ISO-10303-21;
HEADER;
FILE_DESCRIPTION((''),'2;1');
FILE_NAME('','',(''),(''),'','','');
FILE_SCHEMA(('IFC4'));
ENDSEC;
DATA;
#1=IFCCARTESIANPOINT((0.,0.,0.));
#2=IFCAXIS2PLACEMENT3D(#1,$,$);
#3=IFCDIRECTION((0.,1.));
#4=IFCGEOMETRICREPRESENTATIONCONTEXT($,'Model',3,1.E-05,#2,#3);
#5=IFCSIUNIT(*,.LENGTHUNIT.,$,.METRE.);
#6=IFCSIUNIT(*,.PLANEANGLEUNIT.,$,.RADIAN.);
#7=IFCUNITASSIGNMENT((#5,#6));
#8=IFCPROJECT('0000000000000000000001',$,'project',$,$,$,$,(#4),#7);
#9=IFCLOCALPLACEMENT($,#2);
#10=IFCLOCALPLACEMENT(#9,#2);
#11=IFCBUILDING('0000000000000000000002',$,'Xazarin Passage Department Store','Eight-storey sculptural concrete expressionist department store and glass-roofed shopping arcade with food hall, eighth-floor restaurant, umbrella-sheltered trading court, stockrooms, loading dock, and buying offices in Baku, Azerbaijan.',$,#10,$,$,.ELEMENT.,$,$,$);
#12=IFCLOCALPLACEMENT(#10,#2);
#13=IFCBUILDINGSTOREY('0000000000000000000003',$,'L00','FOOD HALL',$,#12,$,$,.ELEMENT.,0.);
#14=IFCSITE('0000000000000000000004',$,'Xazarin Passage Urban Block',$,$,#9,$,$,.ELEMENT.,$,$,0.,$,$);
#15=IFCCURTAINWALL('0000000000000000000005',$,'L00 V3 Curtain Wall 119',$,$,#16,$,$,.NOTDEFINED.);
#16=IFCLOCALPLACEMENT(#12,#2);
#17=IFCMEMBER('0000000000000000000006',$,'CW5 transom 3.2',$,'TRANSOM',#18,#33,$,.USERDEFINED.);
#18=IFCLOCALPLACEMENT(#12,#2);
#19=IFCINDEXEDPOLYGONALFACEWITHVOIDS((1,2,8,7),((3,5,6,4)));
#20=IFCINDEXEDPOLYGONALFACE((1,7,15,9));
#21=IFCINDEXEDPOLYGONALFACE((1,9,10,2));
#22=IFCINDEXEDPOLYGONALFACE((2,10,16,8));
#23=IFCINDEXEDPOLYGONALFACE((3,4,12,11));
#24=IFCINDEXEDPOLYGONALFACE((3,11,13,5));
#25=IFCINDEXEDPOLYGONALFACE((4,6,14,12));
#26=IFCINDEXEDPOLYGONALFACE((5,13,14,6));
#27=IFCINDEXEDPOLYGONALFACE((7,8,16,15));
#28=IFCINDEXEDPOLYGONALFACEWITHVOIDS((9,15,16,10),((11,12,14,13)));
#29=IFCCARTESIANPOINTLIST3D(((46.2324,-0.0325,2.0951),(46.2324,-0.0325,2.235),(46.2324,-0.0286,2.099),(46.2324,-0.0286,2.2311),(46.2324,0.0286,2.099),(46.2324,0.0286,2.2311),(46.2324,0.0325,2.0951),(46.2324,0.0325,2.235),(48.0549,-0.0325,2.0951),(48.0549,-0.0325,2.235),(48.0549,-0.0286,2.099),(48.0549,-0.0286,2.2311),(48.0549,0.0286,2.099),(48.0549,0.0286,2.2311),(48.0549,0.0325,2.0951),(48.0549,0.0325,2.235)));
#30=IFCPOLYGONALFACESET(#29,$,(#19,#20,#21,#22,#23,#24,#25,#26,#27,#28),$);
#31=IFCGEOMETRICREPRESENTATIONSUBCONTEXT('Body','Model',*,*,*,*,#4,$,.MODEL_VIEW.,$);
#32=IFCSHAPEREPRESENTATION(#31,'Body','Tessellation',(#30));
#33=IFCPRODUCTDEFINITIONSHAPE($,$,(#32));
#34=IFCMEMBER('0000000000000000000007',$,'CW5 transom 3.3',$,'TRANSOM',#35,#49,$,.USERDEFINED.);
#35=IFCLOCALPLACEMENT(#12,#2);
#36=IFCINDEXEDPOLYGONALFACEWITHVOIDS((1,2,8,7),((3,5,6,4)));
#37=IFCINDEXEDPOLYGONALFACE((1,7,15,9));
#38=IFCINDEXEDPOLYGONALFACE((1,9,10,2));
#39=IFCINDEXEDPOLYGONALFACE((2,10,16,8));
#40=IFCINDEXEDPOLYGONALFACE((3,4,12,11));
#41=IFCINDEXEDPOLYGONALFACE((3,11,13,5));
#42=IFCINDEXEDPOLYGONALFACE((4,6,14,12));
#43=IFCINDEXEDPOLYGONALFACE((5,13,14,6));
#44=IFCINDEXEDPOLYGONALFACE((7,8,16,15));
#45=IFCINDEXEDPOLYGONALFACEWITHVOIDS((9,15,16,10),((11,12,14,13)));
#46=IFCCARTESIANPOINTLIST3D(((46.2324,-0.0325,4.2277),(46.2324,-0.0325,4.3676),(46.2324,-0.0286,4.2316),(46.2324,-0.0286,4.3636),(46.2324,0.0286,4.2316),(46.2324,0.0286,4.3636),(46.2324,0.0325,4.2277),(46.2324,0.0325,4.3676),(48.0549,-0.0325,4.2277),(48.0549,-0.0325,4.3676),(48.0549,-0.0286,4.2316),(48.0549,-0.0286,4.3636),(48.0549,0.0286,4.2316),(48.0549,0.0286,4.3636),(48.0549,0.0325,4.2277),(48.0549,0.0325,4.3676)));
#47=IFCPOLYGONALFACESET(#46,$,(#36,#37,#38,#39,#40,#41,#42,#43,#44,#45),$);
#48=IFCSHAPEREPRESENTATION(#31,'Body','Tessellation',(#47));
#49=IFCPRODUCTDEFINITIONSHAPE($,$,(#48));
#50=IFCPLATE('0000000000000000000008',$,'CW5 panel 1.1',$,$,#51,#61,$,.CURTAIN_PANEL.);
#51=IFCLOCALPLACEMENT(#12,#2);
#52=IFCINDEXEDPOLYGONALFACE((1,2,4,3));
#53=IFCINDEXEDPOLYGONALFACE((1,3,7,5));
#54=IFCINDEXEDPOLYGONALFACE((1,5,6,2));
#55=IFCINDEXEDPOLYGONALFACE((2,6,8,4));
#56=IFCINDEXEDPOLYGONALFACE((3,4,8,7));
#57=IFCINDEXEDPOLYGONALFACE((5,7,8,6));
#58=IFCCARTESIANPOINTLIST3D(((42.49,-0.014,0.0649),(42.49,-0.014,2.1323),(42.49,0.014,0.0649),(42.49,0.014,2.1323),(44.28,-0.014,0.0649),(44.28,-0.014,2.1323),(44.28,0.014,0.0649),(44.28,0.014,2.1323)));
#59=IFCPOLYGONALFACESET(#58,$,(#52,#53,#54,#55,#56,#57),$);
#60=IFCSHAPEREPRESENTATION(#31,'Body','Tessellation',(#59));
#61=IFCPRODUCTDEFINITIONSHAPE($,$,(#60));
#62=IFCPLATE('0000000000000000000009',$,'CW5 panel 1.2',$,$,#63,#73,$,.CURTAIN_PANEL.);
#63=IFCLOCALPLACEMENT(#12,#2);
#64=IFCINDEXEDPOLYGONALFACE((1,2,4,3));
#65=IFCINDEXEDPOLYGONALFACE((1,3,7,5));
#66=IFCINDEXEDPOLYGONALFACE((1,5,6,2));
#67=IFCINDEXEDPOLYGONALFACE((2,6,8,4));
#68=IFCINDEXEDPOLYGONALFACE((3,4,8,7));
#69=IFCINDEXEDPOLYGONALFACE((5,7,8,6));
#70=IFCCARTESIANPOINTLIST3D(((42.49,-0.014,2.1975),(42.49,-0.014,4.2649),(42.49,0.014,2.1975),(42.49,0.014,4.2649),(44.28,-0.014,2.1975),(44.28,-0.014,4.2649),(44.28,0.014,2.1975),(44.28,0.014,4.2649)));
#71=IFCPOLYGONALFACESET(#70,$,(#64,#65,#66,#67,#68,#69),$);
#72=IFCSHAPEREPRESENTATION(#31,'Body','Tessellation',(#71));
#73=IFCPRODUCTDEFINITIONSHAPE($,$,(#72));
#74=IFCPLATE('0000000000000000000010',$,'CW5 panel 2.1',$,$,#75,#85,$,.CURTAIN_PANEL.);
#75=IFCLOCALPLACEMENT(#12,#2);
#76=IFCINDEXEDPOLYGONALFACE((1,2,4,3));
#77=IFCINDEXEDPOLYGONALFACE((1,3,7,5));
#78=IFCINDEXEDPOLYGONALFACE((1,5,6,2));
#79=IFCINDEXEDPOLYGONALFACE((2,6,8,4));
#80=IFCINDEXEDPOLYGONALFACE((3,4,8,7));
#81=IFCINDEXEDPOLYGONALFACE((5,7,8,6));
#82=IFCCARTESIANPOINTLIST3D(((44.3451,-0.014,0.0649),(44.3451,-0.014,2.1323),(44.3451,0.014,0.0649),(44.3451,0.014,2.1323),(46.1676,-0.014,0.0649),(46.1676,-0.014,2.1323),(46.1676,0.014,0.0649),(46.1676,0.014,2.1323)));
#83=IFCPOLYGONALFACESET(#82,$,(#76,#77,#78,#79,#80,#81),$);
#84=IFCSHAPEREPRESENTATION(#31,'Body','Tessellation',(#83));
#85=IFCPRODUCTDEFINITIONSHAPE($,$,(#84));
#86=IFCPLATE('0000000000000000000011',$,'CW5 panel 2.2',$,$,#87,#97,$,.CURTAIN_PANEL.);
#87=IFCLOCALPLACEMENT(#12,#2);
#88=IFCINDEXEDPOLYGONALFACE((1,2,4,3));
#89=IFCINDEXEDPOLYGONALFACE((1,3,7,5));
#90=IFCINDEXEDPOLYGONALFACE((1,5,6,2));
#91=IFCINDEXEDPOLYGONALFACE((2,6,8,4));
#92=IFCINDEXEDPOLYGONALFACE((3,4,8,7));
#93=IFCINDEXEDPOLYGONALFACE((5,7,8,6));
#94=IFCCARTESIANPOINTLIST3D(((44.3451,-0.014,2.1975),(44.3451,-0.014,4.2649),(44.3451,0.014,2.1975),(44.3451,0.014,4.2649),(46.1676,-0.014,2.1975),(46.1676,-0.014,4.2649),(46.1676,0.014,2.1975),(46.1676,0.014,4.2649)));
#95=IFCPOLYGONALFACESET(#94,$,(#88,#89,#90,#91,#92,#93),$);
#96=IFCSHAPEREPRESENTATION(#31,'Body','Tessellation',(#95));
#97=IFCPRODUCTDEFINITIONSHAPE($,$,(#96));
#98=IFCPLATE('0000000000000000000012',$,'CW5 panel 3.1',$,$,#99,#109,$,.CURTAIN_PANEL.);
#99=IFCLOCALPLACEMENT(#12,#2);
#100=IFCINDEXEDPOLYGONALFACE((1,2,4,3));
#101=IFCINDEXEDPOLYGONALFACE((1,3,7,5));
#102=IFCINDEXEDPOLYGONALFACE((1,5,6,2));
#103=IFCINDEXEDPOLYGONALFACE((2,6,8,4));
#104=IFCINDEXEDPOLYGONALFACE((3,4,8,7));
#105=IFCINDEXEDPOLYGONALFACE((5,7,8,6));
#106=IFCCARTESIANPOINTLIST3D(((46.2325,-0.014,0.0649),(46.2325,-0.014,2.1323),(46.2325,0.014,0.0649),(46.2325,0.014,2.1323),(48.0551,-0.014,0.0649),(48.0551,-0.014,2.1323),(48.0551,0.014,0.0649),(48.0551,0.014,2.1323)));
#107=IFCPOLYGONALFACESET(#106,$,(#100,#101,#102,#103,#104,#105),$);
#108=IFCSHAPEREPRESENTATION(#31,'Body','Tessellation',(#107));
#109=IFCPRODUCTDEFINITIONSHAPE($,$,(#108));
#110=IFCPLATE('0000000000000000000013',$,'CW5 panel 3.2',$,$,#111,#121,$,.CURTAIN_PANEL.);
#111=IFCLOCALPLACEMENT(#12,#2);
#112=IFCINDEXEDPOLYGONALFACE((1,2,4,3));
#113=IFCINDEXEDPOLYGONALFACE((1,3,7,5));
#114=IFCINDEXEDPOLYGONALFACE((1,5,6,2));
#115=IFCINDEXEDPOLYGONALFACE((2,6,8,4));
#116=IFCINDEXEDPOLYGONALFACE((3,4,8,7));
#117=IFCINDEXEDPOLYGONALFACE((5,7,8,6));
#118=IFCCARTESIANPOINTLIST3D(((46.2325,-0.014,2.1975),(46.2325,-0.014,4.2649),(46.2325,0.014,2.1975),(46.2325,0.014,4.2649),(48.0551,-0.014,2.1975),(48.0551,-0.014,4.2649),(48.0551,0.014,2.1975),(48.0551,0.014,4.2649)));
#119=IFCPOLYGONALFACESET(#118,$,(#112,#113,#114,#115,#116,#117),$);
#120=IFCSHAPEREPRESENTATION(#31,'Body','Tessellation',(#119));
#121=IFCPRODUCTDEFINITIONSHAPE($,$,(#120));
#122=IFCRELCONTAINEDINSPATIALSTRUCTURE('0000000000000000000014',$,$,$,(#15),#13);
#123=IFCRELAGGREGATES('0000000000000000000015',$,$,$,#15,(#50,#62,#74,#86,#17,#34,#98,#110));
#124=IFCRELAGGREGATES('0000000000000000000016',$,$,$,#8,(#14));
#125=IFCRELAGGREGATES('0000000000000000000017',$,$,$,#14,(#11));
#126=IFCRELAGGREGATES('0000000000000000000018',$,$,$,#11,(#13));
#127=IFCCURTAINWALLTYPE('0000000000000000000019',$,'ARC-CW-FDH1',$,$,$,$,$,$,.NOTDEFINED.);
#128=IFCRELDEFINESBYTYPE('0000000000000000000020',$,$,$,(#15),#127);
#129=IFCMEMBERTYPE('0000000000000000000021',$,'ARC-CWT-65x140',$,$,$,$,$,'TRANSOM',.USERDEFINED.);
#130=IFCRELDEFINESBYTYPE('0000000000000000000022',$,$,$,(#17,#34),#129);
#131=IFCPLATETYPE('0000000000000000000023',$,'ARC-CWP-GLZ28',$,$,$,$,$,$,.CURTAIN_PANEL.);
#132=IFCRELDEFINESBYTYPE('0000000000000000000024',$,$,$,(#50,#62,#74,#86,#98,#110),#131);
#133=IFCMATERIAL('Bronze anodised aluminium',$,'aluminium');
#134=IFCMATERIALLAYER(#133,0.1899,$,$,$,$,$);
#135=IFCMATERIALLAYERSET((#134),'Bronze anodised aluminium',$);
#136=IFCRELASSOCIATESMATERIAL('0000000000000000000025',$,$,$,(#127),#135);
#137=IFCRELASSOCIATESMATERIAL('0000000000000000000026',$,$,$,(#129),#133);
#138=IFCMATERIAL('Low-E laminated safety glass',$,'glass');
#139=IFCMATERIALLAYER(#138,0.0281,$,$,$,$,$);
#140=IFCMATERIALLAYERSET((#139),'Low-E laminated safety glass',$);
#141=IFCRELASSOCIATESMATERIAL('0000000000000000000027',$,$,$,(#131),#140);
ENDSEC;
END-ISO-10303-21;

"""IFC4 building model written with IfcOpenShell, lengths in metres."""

from ifc_helpers import new_model, si_unit, direction, frame, origin, origin_2d, place, context, subcontext, project, spatial, rectangle, hollow_rectangle, extrude, material, layer, layer_set, material_profile, profile_set, type_object, element, aggregate, save


model = new_model("IFC4")

# Units and contexts
model_context = context("Model", 3, precision=1e-05, world=origin(), true_north=direction((0.0, 1.0)))
body_context = subcontext(model_context, "Body", "Model", "MODEL_VIEW")
ifc_project = project(units=[si_unit("LENGTHUNIT", "METRE"), si_unit("PLANEANGLEUNIT", "RADIAN")], contexts=[model_context])

# Site, building, storey
site_placement = place(None, origin())
site = spatial("IfcSite", under=ifc_project, at=site_placement, Name="Xazarin Passage Urban Block", CompositionType="ELEMENT", RefElevation=0.0)
building_placement = place(site_placement, origin())
building = spatial("IfcBuilding", under=site, at=building_placement, Name="Xazarin Passage Department Store", Description="Eight-storey sculptural concrete expressionist department store and glass-roofed shopping arcade with food hall, eighth-floor restaurant, umbrella-sheltered trading court, stockrooms, loading dock, and buying offices in Baku, Azerbaijan.", CompositionType="ELEMENT")
storey_placement = place(building_placement, origin())
storey = spatial("IfcBuildingStorey", under=building, at=storey_placement, Name="L00", Description="FOOD HALL", CompositionType="ELEMENT", Elevation=0.0)

# Curtain wall, members, plates
ifc_material_1 = material(Name="Bronze anodised aluminium", Category="aluminium")
ifc_layer_1 = layer(ifc_material_1, 0.1899)
ifc_layer_set_1 = layer_set([ifc_layer_1], Name="Bronze anodised aluminium")
curtain_wall_type = type_object("IfcCurtainWallType", Name="ARC-CW-FDH1", PredefinedType="NOTDEFINED", material=ifc_layer_set_1)
curtain_wall_placement = place(storey_placement, origin())
curtain_wall = element("IfcCurtainWall", 1, at=curtain_wall_placement, inside=storey, type_object=curtain_wall_type, Name="L00 V3 Curtain Wall 119", PredefinedType="NOTDEFINED")
ifc_material_profile_1 = material_profile(ifc_material_1, hollow_rectangle(XDim=0.0649, YDim=0.1399, WallThickness=0.0039, at=origin_2d()), Name="ALU 65x140")
ifc_profile_set_1 = profile_set([ifc_material_profile_1], Name="Bronze anodised aluminium")
member_type_1 = type_object("IfcMemberType", Name="ARC-CWT-65x140", ElementType="TRANSOM", PredefinedType="USERDEFINED", material=ifc_profile_set_1)
member_1_placement = place(storey_placement, frame((46.2324, 0.0, 2.165), z_axis=(1.0, 0.0, 0.0), x_axis=(0.0, 1.0, 0.0)))
member_1 = element("IfcMember", 2, at=member_1_placement, type_object=member_type_1, Name="CW5 transom 3.2", ObjectType="TRANSOM", PredefinedType="USERDEFINED", context=body_context, shape_type="SweptSolid", body=[
    extrude(hollow_rectangle(XDim=0.0649, YDim=0.1399, WallThickness=0.0039, at=origin_2d()), origin(), (0.0, 0.0, 1.0), 1.8225),
])
member_2_placement = place(storey_placement, frame((46.2324, 0.0, 4.2976), z_axis=(1.0, 0.0, 0.0), x_axis=(0.0, 1.0, 0.0)))
member_2 = element("IfcMember", 3, at=member_2_placement, type_object=member_type_1, Name="CW5 transom 3.3", ObjectType="TRANSOM", PredefinedType="USERDEFINED", context=body_context, shape_type="SweptSolid", body=[
    extrude(hollow_rectangle(XDim=0.0649, YDim=0.1399, WallThickness=0.0039, at=origin_2d()), origin(), (0.0, 0.0, 1.0), 1.8225),
])
ifc_material_2 = material(Name="Low-E laminated safety glass", Category="glass")
ifc_layer_2 = layer(ifc_material_2, 0.0281)
ifc_layer_set_2 = layer_set([ifc_layer_2], Name="Low-E laminated safety glass")
plate_type = type_object("IfcPlateType", Name="ARC-CWP-GLZ28", PredefinedType="CURTAIN_PANEL", material=ifc_layer_set_2)
plate_1_placement = place(storey_placement, frame((43.385, 0.0, 0.0649), z_axis=(0.0, 0.0, 1.0), x_axis=(1.0, 0.0, 0.0)))
plate_1 = element("IfcPlate", 4, at=plate_1_placement, type_object=plate_type, Name="CW5 panel 1.1", PredefinedType="CURTAIN_PANEL", context=body_context, shape_type="SweptSolid", body=[
    extrude(rectangle(XDim=1.79, YDim=0.0281, at=origin_2d()), origin(), (0.0, 0.0, 1.0), 2.0674),
])
plate_2_placement = place(storey_placement, frame((43.385, 0.0, 2.1975), z_axis=(0.0, 0.0, 1.0), x_axis=(1.0, 0.0, 0.0)))
plate_2 = element("IfcPlate", 5, at=plate_2_placement, type_object=plate_type, Name="CW5 panel 1.2", PredefinedType="CURTAIN_PANEL", context=body_context, shape_type="SweptSolid", body=[
    extrude(rectangle(XDim=1.79, YDim=0.0281, at=origin_2d()), origin(), (0.0, 0.0, 1.0), 2.0674),
])
plate_3_placement = place(storey_placement, frame((45.2563, 0.0, 0.0649), z_axis=(0.0, 0.0, 1.0), x_axis=(1.0, 0.0, 0.0)))
plate_3 = element("IfcPlate", 6, at=plate_3_placement, type_object=plate_type, Name="CW5 panel 2.1", PredefinedType="CURTAIN_PANEL", context=body_context, shape_type="SweptSolid", body=[
    extrude(rectangle(XDim=1.8225, YDim=0.0281, at=origin_2d()), origin(), (0.0, 0.0, 1.0), 2.0674),
])
plate_4_placement = place(storey_placement, frame((45.2563, 0.0, 2.1975), z_axis=(0.0, 0.0, 1.0), x_axis=(1.0, 0.0, 0.0)))
plate_4 = element("IfcPlate", 7, at=plate_4_placement, type_object=plate_type, Name="CW5 panel 2.2", PredefinedType="CURTAIN_PANEL", context=body_context, shape_type="SweptSolid", body=[
    extrude(rectangle(XDim=1.8225, YDim=0.0281, at=origin_2d()), origin(), (0.0, 0.0, 1.0), 2.0674),
])
plate_5_placement = place(storey_placement, frame((47.1438, 0.0, 0.0649), z_axis=(0.0, 0.0, 1.0), x_axis=(1.0, 0.0, 0.0)))
plate_5 = element("IfcPlate", 8, at=plate_5_placement, type_object=plate_type, Name="CW5 panel 3.1", PredefinedType="CURTAIN_PANEL", context=body_context, shape_type="SweptSolid", body=[
    extrude(rectangle(XDim=1.8225, YDim=0.0281, at=origin_2d()), origin(), (0.0, 0.0, 1.0), 2.0674),
])
plate_6_placement = place(storey_placement, frame((47.1438, 0.0, 2.1975), z_axis=(0.0, 0.0, 1.0), x_axis=(1.0, 0.0, 0.0)))
plate_6 = element("IfcPlate", 9, at=plate_6_placement, type_object=plate_type, Name="CW5 panel 3.2", PredefinedType="CURTAIN_PANEL", context=body_context, shape_type="SweptSolid", body=[
    extrude(rectangle(XDim=1.8225, YDim=0.0281, at=origin_2d()), origin(), (0.0, 0.0, 1.0), 2.0674),
])
aggregate(curtain_wall, [plate_1, plate_2, plate_3, plate_4, member_1, member_2, plate_5, plate_6])

save(model, "model.ifc")
